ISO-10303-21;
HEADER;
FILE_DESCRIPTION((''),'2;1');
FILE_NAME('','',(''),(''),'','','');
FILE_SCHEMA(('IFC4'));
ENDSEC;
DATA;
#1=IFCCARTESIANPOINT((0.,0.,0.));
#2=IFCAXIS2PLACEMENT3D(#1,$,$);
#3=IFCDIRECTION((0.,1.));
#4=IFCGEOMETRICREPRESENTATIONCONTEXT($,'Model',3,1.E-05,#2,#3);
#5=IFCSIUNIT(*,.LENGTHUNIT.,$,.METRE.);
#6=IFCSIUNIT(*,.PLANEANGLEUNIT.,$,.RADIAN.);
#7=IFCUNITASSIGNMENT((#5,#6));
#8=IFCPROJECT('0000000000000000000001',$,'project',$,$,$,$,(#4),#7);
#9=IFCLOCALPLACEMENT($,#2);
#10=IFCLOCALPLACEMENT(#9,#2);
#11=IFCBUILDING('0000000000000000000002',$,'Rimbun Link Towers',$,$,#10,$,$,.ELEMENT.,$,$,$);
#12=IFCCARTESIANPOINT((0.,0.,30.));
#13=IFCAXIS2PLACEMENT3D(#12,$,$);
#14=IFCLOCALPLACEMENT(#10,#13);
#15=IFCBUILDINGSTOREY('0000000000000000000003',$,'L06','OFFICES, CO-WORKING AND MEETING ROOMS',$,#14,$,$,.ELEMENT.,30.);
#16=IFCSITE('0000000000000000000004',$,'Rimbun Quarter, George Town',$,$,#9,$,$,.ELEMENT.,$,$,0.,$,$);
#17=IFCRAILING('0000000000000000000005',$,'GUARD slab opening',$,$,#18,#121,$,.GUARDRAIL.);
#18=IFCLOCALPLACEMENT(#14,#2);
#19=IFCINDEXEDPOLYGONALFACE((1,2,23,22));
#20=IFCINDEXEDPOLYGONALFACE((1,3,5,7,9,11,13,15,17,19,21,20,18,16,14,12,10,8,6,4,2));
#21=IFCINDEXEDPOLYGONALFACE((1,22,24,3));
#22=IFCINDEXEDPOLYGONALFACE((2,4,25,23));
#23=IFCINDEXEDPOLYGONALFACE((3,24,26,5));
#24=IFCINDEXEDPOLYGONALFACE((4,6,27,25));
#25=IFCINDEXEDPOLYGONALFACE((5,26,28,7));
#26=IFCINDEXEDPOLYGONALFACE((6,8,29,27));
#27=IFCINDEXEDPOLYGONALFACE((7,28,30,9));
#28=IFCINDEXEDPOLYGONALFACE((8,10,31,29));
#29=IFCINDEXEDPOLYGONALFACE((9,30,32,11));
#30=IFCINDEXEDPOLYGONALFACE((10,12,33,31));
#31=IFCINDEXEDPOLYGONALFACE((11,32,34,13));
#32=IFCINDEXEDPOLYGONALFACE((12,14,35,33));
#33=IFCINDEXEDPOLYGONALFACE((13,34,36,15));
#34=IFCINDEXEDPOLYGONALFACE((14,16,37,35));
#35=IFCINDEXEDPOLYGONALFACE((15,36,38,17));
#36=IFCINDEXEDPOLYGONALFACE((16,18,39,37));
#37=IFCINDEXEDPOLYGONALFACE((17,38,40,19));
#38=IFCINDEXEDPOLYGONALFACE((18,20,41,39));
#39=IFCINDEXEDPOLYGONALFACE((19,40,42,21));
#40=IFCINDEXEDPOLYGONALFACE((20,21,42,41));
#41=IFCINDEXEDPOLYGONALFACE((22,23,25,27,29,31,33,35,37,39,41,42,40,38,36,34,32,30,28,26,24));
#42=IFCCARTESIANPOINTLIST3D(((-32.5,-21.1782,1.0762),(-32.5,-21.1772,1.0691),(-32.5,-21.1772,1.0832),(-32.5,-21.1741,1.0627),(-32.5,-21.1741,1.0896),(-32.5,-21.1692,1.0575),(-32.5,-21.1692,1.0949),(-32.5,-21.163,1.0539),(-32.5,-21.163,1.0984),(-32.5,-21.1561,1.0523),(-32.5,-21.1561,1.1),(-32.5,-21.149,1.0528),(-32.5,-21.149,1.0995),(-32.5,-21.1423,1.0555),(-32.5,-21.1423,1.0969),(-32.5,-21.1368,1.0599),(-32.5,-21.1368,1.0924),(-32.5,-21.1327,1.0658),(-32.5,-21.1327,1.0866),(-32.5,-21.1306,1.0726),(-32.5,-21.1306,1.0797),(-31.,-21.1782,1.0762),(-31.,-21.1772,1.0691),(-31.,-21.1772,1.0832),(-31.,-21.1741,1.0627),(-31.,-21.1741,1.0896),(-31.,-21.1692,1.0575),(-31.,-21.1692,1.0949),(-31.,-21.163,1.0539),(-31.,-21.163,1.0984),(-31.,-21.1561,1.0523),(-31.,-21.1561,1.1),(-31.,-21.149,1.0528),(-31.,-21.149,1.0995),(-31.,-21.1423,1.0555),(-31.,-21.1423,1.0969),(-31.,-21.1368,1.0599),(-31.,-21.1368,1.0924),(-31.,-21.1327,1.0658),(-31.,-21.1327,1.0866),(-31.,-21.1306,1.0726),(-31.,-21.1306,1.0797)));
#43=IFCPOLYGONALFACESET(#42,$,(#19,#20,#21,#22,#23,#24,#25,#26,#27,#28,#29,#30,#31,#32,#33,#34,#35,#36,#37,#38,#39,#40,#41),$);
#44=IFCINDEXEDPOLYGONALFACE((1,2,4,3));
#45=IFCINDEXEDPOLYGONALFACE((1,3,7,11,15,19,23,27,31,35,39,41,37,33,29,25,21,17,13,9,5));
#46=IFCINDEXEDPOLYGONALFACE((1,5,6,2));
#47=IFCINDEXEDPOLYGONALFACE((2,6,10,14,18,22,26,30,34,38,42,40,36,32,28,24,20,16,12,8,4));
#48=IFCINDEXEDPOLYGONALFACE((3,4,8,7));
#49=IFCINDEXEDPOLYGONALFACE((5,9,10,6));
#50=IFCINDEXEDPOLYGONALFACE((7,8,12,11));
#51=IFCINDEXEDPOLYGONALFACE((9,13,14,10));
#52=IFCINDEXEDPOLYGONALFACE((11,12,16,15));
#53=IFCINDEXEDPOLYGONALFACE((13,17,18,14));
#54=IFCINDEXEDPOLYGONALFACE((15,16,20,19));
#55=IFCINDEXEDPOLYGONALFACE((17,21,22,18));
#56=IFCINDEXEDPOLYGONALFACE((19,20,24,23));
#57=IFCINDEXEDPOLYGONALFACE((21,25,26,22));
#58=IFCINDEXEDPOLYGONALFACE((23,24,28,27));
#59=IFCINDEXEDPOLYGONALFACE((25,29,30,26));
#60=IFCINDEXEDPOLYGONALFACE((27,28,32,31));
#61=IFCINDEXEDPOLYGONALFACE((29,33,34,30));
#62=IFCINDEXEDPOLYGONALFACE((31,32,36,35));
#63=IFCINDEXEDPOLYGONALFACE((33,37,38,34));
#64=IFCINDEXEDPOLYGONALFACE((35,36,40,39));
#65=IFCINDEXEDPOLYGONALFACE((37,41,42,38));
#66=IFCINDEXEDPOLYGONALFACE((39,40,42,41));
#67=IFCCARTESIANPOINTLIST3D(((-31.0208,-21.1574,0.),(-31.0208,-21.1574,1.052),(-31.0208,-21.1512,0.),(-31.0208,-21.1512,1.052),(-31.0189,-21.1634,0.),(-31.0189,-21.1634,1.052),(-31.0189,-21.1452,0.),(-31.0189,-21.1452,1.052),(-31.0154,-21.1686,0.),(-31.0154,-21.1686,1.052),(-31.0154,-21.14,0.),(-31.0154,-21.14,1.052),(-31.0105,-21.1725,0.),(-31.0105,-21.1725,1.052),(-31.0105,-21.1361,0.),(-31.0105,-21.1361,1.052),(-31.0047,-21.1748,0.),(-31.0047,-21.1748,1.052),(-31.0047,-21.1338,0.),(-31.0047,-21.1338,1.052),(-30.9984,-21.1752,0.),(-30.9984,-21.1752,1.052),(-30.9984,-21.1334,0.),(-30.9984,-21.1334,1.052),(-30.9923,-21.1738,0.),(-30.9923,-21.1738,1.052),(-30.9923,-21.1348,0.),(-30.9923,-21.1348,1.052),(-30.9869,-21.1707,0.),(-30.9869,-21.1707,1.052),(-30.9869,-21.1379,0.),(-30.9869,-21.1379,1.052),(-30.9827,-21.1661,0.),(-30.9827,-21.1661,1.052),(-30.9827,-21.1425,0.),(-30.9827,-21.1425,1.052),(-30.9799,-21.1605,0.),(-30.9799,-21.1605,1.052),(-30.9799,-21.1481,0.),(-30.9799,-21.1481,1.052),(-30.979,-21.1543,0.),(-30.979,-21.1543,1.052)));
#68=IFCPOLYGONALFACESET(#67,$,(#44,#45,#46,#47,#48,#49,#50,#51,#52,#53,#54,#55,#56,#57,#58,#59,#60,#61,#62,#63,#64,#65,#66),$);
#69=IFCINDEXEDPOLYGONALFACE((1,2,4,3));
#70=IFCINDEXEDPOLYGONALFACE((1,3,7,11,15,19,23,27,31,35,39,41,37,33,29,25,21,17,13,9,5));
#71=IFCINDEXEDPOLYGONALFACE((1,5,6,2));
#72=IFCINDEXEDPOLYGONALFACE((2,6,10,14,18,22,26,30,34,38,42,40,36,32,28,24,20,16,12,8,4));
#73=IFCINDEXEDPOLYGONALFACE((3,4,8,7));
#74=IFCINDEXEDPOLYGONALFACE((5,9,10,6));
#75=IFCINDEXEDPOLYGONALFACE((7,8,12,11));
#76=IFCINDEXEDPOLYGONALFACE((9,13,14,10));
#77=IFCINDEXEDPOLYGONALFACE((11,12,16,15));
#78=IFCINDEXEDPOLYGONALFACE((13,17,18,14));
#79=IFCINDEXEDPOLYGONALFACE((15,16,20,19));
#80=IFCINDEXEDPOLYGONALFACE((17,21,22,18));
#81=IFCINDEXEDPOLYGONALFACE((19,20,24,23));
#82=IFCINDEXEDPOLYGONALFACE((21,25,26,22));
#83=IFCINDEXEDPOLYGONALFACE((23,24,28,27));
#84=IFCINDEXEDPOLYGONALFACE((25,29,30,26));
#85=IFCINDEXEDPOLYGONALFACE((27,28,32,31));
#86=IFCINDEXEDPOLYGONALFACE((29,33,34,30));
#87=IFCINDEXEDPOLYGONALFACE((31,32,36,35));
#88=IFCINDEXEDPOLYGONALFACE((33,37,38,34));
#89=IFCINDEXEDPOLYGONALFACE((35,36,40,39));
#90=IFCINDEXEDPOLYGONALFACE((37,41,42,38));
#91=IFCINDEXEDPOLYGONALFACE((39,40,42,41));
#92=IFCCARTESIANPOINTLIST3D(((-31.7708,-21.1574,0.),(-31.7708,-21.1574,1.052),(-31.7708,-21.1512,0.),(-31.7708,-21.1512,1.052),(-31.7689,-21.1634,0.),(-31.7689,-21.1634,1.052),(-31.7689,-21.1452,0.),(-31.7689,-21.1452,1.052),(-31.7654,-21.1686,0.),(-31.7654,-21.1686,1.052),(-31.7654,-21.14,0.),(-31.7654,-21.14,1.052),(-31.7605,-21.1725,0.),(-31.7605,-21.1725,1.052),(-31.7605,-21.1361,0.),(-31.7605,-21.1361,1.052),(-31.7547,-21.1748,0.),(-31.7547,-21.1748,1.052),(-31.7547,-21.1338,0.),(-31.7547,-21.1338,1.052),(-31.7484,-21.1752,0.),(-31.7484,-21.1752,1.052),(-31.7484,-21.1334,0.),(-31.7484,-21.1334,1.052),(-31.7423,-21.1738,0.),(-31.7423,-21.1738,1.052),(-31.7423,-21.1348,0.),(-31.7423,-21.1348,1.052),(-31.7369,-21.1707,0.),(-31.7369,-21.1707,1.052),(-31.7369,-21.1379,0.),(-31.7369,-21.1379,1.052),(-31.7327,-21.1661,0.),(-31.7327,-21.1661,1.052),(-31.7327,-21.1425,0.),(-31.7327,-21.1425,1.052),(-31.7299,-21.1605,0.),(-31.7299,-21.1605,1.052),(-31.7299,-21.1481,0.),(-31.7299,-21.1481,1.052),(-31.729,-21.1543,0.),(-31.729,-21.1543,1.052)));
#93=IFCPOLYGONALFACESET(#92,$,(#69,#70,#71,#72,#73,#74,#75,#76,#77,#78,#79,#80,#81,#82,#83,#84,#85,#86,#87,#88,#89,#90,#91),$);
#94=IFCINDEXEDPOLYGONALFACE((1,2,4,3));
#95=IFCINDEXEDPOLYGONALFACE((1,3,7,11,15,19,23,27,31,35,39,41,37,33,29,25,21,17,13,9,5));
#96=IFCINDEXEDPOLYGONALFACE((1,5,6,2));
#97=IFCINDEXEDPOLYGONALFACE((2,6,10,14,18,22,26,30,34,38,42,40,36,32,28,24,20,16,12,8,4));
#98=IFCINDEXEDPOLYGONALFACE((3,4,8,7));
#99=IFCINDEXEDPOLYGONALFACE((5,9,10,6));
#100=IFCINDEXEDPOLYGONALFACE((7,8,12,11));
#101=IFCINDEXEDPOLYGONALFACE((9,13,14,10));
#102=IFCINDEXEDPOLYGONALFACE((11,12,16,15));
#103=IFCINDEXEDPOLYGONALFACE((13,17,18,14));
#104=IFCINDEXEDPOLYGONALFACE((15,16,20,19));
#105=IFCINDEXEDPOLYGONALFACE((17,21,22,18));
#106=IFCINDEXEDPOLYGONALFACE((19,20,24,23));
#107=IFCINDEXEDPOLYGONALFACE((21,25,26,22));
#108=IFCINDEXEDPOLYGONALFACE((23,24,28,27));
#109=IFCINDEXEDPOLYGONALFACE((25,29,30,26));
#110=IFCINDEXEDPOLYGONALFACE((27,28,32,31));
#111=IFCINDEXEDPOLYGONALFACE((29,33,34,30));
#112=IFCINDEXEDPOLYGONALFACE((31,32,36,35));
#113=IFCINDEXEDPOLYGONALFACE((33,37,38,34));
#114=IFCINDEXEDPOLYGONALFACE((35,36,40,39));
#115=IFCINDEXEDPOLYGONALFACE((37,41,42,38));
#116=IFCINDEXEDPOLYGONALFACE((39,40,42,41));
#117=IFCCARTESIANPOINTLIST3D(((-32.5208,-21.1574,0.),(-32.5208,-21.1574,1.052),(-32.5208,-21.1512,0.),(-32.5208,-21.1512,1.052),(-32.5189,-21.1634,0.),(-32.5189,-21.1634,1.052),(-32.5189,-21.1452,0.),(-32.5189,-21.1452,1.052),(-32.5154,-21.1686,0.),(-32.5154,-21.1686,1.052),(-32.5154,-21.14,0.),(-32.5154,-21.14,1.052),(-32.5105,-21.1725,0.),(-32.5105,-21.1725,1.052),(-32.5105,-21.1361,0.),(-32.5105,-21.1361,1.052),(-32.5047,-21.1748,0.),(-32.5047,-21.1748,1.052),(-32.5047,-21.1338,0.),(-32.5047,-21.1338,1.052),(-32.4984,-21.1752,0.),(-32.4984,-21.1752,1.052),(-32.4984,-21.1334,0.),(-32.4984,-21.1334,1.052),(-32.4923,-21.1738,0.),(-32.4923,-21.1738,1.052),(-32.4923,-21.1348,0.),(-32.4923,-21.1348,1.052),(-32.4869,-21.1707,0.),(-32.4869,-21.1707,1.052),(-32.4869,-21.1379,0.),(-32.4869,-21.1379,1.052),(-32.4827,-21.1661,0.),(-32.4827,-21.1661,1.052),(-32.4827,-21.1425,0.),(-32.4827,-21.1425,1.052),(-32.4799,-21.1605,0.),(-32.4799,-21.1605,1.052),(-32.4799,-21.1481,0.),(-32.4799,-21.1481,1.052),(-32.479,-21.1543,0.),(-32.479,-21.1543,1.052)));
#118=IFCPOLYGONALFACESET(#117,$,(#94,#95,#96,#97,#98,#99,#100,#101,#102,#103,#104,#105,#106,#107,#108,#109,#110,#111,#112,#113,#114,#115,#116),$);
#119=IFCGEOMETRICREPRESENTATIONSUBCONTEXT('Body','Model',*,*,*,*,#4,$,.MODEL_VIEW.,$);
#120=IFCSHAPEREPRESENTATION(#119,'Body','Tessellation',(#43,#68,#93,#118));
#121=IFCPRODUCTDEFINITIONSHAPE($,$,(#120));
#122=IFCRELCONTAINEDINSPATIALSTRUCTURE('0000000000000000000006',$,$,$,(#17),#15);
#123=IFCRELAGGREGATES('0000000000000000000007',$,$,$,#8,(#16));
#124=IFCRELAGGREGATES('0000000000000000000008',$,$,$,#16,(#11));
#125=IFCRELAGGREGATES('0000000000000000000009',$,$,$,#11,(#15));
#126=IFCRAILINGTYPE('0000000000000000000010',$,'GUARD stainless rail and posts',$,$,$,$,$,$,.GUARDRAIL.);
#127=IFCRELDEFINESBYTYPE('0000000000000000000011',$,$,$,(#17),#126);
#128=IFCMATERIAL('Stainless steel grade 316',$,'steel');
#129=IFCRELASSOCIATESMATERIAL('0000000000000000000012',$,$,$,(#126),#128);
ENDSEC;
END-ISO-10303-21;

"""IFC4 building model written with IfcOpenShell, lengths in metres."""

from ifc_helpers import new_model, si_unit, direction, frame, origin, origin_2d, place, context, subcontext, project, spatial, circle, extrude, material, type_object, element, save


model = new_model("IFC4")

# Units and contexts
model_context = context("Model", 3, precision=1e-05, world=origin(), true_north=direction((0.0, 1.0)))
body_context = subcontext(model_context, "Body", "Model", "MODEL_VIEW")
ifc_project = project(units=[si_unit("LENGTHUNIT", "METRE"), si_unit("PLANEANGLEUNIT", "RADIAN")], contexts=[model_context])

# Site, building, storey
site_placement = place(None, origin())
site = spatial("IfcSite", under=ifc_project, at=site_placement, Name="Rimbun Quarter, George Town", CompositionType="ELEMENT", RefElevation=0.0)
building_placement = place(site_placement, origin())
building = spatial("IfcBuilding", under=site, at=building_placement, Name="Rimbun Link Towers", CompositionType="ELEMENT")
storey_placement = place(building_placement, frame((0.0, 0.0, 30.0)))
storey = spatial("IfcBuildingStorey", under=building, at=storey_placement, Name="L06", Description="OFFICES, CO-WORKING AND MEETING ROOMS", CompositionType="ELEMENT", Elevation=30.0)

# Railing
ifc_material_1 = material(Name="Stainless steel grade 316", Category="steel")
railing_type = type_object("IfcRailingType", Name="GUARD stainless rail and posts", PredefinedType="GUARDRAIL", material=ifc_material_1)
railing_1_placement = place(storey_placement, frame((-31.0, -21.1543, 0.0)))
element("IfcRailing", 1, at=railing_1_placement, inside=storey, type_object=railing_type, Name="GUARD slab opening", PredefinedType="GUARDRAIL", context=body_context, shape_type="SweptSolid", body=[
    extrude(circle(Radius=0.0239, at=origin_2d()), frame((0.0, 0.0, 1.0762), z_axis=(-1.0, 0.0, 0.0), x_axis=(0.0, -1.0, 0.0)), (0.0, 0.0, 1.0), 1.5),
    extrude(circle(Radius=0.021, at=origin_2d()), origin(), (0.0, 0.0, 1.0), 1.052),
    extrude(circle(Radius=0.021, at=origin_2d()), frame((-0.75, 0.0, 0.0)), (0.0, 0.0, 1.0), 1.052),
    extrude(circle(Radius=0.021, at=origin_2d()), frame((-1.5, 0.0, 0.0)), (0.0, 0.0, 1.0), 1.052),
])

save(model, "model.ifc")
